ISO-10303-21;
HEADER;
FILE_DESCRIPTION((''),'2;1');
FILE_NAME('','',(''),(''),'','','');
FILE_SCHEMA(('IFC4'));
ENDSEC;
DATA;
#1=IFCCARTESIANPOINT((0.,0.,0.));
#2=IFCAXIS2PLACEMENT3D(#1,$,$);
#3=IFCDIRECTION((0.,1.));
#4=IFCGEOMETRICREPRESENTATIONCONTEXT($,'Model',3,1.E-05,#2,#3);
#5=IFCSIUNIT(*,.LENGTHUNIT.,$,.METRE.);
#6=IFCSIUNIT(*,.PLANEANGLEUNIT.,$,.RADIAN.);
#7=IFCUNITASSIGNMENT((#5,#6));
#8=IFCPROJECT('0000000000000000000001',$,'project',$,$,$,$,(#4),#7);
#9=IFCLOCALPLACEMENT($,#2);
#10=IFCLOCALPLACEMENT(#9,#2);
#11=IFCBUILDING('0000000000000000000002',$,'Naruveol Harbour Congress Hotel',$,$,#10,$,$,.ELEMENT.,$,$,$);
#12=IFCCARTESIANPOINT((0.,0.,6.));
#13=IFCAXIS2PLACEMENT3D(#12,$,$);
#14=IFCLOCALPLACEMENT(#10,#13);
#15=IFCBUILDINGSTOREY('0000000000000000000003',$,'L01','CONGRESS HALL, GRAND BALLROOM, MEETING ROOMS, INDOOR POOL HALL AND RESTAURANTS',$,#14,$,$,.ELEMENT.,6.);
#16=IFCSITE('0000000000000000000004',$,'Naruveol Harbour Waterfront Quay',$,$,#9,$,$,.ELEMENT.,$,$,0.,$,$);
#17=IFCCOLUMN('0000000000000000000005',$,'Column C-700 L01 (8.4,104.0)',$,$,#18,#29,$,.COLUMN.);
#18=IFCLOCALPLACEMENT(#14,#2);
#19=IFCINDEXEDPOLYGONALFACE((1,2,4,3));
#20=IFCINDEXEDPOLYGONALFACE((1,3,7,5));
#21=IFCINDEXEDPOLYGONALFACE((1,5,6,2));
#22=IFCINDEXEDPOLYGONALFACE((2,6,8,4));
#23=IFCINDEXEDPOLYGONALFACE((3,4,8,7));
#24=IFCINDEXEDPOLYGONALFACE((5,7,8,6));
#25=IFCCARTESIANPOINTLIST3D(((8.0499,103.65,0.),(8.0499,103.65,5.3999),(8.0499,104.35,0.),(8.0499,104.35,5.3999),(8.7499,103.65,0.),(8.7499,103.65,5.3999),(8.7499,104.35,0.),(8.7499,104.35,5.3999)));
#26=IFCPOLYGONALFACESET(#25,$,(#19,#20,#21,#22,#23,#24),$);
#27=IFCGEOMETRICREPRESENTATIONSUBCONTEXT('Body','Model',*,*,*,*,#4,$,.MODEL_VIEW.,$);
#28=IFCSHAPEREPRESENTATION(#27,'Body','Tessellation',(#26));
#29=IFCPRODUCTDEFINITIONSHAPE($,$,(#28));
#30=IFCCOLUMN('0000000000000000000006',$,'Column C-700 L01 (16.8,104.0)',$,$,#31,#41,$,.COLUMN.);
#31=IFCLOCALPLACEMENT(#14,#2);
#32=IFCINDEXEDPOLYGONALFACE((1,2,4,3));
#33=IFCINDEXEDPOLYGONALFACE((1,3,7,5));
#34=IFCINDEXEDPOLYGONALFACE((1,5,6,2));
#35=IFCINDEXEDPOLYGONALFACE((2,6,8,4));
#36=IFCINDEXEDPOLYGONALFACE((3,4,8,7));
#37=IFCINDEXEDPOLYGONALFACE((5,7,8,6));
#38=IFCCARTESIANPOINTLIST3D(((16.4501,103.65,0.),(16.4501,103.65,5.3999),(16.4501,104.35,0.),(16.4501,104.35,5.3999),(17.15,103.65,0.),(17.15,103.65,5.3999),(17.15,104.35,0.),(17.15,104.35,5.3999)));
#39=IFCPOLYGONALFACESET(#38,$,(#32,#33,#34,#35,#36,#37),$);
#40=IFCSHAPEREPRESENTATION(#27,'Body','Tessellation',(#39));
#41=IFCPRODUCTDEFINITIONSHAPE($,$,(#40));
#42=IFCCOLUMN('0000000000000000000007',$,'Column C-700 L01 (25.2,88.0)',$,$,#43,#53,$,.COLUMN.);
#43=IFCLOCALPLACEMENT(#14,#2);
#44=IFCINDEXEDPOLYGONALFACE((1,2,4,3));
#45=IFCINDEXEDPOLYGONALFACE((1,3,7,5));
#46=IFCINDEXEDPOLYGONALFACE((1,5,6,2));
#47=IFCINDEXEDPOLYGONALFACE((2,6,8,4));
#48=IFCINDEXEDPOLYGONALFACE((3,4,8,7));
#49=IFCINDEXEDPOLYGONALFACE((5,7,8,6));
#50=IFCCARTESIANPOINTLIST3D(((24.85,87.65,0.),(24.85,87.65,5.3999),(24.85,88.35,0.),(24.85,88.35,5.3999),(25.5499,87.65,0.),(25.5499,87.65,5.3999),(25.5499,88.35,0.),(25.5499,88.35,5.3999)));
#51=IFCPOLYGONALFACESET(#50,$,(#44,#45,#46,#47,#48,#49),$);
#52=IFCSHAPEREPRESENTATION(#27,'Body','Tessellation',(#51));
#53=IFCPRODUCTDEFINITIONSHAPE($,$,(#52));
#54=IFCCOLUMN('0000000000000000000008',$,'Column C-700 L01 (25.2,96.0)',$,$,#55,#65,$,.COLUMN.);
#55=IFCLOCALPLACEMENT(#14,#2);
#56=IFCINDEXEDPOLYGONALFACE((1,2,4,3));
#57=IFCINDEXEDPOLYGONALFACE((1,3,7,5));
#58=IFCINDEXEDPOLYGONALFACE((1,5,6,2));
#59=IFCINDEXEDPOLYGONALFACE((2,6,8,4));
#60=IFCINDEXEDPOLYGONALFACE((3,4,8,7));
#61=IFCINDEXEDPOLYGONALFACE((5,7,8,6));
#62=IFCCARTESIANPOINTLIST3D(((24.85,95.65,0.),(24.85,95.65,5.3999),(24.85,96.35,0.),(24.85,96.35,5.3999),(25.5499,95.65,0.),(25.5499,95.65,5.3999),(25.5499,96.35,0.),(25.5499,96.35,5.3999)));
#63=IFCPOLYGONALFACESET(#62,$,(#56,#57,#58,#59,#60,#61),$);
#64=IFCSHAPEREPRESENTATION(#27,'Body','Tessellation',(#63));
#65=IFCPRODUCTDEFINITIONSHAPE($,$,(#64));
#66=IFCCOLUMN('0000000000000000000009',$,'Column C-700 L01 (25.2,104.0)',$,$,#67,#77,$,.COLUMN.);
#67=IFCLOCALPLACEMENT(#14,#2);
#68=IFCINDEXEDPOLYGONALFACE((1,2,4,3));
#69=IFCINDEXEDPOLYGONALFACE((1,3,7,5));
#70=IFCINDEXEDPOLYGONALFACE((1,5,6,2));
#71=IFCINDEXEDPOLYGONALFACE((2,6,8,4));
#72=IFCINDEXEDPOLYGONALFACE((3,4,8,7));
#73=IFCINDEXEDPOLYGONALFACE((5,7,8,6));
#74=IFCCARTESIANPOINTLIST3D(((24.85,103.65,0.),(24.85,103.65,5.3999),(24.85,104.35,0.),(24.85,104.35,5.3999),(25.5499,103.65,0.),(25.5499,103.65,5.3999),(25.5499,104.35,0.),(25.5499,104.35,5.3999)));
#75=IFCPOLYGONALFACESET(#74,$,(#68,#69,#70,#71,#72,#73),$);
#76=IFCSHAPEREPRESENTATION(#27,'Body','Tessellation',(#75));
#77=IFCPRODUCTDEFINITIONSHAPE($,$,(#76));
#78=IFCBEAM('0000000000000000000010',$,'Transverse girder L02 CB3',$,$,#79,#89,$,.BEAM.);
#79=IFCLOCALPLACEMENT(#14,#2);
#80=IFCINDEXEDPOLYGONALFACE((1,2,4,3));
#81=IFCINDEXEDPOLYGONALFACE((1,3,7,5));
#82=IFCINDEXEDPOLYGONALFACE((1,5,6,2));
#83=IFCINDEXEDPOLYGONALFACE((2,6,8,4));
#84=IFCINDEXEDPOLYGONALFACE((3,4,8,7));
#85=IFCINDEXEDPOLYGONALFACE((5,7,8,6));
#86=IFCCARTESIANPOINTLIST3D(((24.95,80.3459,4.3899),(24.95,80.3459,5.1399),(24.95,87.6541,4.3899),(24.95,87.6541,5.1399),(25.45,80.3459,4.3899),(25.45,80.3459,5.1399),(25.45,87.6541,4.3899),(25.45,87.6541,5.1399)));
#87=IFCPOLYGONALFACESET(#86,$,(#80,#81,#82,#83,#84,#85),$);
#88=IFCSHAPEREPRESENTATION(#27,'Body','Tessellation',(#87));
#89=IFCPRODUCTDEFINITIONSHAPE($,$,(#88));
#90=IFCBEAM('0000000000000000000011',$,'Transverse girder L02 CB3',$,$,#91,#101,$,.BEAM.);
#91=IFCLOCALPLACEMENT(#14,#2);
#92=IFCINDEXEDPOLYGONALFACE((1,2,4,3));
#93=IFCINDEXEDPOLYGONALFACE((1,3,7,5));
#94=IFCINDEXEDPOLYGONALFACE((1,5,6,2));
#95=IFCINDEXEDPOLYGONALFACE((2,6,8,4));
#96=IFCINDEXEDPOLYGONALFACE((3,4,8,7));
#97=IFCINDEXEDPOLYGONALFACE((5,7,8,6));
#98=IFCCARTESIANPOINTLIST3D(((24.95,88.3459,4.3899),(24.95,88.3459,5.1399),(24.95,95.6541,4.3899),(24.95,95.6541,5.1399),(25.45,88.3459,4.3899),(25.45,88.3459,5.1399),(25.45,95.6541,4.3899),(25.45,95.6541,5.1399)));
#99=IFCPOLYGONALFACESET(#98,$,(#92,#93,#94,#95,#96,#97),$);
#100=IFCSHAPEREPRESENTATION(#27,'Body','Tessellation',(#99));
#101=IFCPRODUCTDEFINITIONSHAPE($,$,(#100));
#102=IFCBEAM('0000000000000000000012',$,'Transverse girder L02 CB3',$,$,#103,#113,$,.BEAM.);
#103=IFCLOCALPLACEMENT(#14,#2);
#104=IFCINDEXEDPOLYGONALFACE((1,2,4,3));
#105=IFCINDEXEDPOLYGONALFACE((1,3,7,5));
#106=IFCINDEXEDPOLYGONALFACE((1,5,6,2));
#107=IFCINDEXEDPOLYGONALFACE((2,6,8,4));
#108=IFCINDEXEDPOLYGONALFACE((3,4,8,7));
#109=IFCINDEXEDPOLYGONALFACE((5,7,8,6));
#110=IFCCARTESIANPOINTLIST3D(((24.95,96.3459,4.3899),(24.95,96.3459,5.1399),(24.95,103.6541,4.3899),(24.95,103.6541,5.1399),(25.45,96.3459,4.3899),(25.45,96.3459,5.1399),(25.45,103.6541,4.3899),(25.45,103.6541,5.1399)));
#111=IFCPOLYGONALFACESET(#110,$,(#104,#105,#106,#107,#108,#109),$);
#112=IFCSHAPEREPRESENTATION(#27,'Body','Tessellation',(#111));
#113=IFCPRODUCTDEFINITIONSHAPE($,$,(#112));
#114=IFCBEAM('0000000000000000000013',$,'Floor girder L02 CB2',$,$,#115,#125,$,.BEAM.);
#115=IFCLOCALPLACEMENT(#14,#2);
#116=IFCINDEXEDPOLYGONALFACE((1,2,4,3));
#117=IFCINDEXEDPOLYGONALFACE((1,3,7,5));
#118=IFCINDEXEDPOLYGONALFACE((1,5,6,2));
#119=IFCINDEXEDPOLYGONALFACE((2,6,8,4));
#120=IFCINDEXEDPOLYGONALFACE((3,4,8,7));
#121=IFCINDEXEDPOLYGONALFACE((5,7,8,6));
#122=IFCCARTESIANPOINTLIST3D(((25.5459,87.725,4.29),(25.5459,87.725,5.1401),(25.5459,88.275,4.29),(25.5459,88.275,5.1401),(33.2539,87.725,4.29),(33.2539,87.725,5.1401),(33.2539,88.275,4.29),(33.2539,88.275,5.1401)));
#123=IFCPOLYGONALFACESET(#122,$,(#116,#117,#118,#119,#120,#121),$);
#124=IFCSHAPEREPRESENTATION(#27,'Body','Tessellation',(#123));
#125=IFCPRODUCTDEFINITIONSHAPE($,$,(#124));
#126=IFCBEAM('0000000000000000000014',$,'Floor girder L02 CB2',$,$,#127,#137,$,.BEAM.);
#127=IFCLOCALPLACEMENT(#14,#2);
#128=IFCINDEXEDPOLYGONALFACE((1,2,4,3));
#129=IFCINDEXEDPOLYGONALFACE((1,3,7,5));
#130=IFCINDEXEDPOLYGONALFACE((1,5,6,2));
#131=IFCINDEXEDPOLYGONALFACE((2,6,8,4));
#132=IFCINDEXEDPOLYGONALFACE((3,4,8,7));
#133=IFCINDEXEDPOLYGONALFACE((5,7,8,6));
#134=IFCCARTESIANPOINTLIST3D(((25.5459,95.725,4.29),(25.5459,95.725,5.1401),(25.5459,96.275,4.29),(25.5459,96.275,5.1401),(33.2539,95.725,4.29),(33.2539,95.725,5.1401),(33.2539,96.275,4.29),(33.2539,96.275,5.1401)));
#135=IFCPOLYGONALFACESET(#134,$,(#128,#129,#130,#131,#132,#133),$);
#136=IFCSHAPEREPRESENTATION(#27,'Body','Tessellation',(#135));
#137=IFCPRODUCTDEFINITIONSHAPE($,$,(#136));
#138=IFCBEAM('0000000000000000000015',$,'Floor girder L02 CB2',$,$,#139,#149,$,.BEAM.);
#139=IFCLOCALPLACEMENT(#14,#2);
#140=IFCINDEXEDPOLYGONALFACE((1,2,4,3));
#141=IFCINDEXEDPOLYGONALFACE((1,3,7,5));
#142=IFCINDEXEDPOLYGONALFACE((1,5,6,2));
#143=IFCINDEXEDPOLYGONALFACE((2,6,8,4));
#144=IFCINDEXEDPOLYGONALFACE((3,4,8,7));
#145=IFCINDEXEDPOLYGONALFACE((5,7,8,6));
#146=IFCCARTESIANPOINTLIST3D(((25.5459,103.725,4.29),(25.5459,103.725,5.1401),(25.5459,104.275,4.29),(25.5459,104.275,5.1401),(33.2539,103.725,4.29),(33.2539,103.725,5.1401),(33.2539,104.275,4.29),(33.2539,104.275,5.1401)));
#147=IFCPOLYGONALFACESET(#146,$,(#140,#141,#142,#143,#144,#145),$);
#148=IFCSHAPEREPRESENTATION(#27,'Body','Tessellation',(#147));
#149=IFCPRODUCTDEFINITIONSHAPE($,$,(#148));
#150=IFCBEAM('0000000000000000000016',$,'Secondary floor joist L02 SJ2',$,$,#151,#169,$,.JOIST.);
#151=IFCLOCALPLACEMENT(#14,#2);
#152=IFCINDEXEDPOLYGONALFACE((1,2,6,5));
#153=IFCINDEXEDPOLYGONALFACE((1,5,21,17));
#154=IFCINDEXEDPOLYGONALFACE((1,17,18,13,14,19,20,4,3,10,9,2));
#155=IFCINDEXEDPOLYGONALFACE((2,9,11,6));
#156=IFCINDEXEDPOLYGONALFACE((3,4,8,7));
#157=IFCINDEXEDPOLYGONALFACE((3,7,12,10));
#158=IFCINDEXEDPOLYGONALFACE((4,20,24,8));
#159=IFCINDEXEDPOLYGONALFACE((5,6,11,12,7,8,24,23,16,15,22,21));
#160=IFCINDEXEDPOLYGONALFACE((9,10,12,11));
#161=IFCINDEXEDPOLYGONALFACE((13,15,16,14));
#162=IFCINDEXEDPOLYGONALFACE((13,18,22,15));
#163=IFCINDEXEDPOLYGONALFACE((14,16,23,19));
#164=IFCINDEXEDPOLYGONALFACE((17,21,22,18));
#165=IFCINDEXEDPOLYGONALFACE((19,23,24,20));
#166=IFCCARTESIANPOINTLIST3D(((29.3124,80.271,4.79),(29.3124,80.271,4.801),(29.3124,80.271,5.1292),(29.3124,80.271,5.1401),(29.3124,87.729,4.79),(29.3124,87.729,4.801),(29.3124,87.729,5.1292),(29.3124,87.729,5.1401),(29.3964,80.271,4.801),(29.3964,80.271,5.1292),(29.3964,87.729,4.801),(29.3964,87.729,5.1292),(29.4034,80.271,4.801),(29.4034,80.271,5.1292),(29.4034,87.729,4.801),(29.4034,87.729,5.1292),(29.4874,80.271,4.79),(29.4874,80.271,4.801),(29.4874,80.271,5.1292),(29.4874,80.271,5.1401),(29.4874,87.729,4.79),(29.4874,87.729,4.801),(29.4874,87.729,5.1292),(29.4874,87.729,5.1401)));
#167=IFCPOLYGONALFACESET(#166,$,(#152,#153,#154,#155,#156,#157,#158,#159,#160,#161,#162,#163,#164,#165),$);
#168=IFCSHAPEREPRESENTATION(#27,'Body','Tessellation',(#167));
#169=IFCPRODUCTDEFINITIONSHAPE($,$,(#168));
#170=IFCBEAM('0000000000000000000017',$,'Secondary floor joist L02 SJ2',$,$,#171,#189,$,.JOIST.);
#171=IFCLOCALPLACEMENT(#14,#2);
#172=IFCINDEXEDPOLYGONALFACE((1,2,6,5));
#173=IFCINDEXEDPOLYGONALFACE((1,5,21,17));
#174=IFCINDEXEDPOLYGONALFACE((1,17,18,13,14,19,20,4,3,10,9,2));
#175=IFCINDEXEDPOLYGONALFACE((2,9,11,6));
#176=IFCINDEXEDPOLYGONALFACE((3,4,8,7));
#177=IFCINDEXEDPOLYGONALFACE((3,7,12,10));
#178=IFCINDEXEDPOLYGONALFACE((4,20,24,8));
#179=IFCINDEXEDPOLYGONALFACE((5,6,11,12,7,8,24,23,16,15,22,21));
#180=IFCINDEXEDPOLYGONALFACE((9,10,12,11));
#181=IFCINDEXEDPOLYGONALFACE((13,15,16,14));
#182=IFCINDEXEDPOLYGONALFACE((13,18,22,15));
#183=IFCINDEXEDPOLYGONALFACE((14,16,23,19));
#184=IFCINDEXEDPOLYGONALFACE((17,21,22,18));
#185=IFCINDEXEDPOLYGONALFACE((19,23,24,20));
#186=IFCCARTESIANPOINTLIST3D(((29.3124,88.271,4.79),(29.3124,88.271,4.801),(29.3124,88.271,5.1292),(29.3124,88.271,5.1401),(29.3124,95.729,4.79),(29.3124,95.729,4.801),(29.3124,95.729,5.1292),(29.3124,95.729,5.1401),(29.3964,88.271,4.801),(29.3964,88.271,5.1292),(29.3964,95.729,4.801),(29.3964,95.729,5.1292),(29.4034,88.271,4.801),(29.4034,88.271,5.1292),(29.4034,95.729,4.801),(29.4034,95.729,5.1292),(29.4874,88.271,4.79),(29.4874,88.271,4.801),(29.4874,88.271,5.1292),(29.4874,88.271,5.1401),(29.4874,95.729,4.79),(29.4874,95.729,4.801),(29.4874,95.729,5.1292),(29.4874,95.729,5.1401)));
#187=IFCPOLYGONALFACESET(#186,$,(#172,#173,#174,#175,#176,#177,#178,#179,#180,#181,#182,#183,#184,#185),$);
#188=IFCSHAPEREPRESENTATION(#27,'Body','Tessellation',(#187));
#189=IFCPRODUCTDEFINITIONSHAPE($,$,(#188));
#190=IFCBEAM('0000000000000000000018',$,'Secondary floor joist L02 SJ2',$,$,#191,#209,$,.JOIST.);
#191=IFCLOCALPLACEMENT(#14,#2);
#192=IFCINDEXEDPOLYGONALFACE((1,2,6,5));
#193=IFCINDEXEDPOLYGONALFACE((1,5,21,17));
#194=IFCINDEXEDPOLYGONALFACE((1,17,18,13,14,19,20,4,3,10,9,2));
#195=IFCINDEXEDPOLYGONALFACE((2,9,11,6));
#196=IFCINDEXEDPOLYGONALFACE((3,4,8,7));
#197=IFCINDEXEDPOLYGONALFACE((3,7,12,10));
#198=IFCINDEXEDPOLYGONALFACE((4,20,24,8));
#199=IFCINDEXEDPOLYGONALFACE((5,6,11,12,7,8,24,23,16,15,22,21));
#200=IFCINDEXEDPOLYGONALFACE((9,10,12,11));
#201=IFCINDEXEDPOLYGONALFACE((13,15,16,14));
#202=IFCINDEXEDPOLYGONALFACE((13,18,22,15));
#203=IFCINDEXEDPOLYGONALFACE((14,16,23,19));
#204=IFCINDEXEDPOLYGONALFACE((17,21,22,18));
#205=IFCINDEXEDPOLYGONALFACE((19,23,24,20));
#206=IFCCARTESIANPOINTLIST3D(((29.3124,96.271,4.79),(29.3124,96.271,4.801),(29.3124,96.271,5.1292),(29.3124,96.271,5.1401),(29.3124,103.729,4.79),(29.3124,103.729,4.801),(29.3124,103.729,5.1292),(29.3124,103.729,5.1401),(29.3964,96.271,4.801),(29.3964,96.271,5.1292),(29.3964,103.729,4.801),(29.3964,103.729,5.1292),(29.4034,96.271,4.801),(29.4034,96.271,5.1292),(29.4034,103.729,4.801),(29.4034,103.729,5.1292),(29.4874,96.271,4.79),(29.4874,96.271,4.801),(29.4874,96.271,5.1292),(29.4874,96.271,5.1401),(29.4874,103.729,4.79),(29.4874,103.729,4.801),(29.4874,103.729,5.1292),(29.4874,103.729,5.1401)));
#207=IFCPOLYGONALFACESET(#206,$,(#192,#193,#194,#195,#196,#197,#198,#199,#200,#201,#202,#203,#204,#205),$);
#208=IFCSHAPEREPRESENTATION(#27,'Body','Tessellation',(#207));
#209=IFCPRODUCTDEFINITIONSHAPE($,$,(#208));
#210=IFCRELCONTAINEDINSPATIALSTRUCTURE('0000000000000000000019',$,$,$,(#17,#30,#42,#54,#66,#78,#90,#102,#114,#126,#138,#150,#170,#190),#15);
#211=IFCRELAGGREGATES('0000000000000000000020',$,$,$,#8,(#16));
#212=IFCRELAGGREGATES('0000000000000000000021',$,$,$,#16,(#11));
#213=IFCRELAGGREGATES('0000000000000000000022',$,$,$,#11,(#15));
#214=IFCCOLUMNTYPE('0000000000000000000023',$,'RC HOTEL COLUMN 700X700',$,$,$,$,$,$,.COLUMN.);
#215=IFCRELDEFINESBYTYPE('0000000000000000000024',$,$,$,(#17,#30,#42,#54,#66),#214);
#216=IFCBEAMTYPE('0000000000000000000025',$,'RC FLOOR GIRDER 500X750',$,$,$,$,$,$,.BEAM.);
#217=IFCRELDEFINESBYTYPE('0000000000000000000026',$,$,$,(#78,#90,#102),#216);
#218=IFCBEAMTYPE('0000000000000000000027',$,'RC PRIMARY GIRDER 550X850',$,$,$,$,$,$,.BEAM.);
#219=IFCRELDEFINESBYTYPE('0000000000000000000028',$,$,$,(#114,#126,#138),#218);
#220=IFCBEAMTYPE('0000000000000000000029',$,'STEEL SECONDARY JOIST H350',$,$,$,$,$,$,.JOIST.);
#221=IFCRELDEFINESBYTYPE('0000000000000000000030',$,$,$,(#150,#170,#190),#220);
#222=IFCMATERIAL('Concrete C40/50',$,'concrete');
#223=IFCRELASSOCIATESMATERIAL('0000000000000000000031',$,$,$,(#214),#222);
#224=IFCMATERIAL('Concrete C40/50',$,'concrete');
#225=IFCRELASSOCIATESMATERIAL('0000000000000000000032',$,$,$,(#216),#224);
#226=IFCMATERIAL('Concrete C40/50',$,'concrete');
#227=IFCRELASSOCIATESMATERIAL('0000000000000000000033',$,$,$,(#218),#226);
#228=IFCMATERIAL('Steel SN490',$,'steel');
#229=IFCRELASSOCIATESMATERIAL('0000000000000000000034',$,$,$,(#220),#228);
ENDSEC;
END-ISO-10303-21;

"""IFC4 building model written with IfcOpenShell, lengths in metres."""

from ifc_helpers import new_model, si_unit, direction, frame, origin, origin_2d, place, context, subcontext, project, spatial, rectangle, i_section, extrude, material, material_profile, profile_set, type_object, element, save


model = new_model("IFC4")

# Units and contexts
model_context = context("Model", 3, precision=1e-05, world=origin(), true_north=direction((0.0, 1.0)))
body_context = subcontext(model_context, "Body", "Model", "MODEL_VIEW")
ifc_project = project(units=[si_unit("LENGTHUNIT", "METRE"), si_unit("PLANEANGLEUNIT", "RADIAN")], contexts=[model_context])

# Site, building, storey
site_placement = place(None, origin())
site = spatial("IfcSite", under=ifc_project, at=site_placement, Name="Naruveol Harbour Waterfront Quay", CompositionType="ELEMENT", RefElevation=0.0)
building_placement = place(site_placement, origin())
building = spatial("IfcBuilding", under=site, at=building_placement, Name="Naruveol Harbour Congress Hotel", CompositionType="ELEMENT")
storey_placement = place(building_placement, frame((0.0, 0.0, 6.0)))
storey = spatial("IfcBuildingStorey", under=building, at=storey_placement, Name="L01", Description="CONGRESS HALL, GRAND BALLROOM, MEETING ROOMS, INDOOR POOL HALL AND RESTAURANTS", CompositionType="ELEMENT", Elevation=6.0)

# Columns
ifc_material_1 = material(Name="Concrete C40/50", Category="concrete")
ifc_material_profile_1 = material_profile(ifc_material_1, rectangle(XDim=0.7, YDim=0.7, at=origin_2d()), Name="RC-700x700")
ifc_profile_set_1 = profile_set([ifc_material_profile_1], Name="Concrete C40/50")
column_type = type_object("IfcColumnType", Name="RC HOTEL COLUMN 700X700", PredefinedType="COLUMN", material=ifc_profile_set_1)
for number, where, z_axis, x_axis, name in (
    (1, (8.3999, 104.0, 0.0), (0.0, 0.0, 1.0), (1.0, 0.0, 0.0), "Column C-700 L01 (8.4,104.0)"),
    (2, (16.8, 104.0, 0.0), (0.0, 0.0, 1.0), (1.0, 0.0, 0.0), "Column C-700 L01 (16.8,104.0)"),
    (3, (25.2, 88.0, 0.0), (0.0, 0.0, 1.0), (1.0, 0.0, 0.0), "Column C-700 L01 (25.2,88.0)"),
    (4, (25.2, 96.0, 0.0), (0.0, 0.0, 1.0), (1.0, 0.0, 0.0), "Column C-700 L01 (25.2,96.0)"),
    (5, (25.2, 104.0, 0.0), (0.0, 0.0, 1.0), (1.0, 0.0, 0.0), "Column C-700 L01 (25.2,104.0)"),
):
    element("IfcColumn", number, at=place(storey_placement, frame(where, z_axis=z_axis, x_axis=x_axis)), inside=storey, type_object=column_type, Name=name, PredefinedType="COLUMN", context=body_context, shape_type="SweptSolid", body=[
        extrude(rectangle(XDim=0.7, YDim=0.7, at=origin_2d()), origin(), (0.0, 0.0, 1.0), 5.3999),
    ])

# Beams
ifc_material_2 = material(Name="Concrete C40/50", Category="concrete")
ifc_material_profile_2 = material_profile(ifc_material_2, rectangle(XDim=0.5, YDim=0.75, at=origin_2d()), Name="RCB-500x750")
ifc_profile_set_2 = profile_set([ifc_material_profile_2], Name="Concrete C40/50")
beam_type_1 = type_object("IfcBeamType", Name="RC FLOOR GIRDER 500X750", PredefinedType="BEAM", material=ifc_profile_set_2)
for number, where, z_axis, x_axis, name in (
    (6, (25.2, 80.3459, 4.7649), (0.0, 1.0, 0.0), (-1.0, 0.0, 0.0), "Transverse girder L02 CB3"),
    (7, (25.2, 88.3459, 4.7649), (0.0, 1.0, 0.0), (-1.0, 0.0, 0.0), "Transverse girder L02 CB3"),
    (8, (25.2, 96.3459, 4.7649), (0.0, 1.0, 0.0), (-1.0, 0.0, 0.0), "Transverse girder L02 CB3"),
):
    element("IfcBeam", number, at=place(storey_placement, frame(where, z_axis=z_axis, x_axis=x_axis)), inside=storey, type_object=beam_type_1, Name=name, PredefinedType="BEAM", context=body_context, shape_type="SweptSolid", body=[
        extrude(rectangle(XDim=0.5, YDim=0.75, at=origin_2d()), origin(), (0.0, 0.0, 1.0), 7.3081),
    ])
ifc_material_3 = material(Name="Concrete C40/50", Category="concrete")
ifc_material_profile_3 = material_profile(ifc_material_3, rectangle(XDim=0.55, YDim=0.8501, at=origin_2d()), Name="RCB-550x850")
ifc_profile_set_3 = profile_set([ifc_material_profile_3], Name="Concrete C40/50")
beam_type_2 = type_object("IfcBeamType", Name="RC PRIMARY GIRDER 550X850", PredefinedType="BEAM", material=ifc_profile_set_3)
for number, where, z_axis, x_axis, name in (
    (9, (25.5459, 88.0, 4.7151), (1.0, 0.0, 0.0), (0.0, 1.0, 0.0), "Floor girder L02 CB2"),
    (10, (25.5459, 96.0, 4.7151), (1.0, 0.0, 0.0), (0.0, 1.0, 0.0), "Floor girder L02 CB2"),
    (11, (25.5459, 104.0, 4.7151), (1.0, 0.0, 0.0), (0.0, 1.0, 0.0), "Floor girder L02 CB2"),
):
    element("IfcBeam", number, at=place(storey_placement, frame(where, z_axis=z_axis, x_axis=x_axis)), inside=storey, type_object=beam_type_2, Name=name, PredefinedType="BEAM", context=body_context, shape_type="SweptSolid", body=[
        extrude(rectangle(XDim=0.55, YDim=0.8501, at=origin_2d()), origin(), (0.0, 0.0, 1.0), 7.708),
    ])
ifc_material_4 = material(Name="Steel SN490", Category="steel")
ifc_material_profile_4 = material_profile(ifc_material_4, i_section(OverallWidth=0.175, OverallDepth=0.3501, WebThickness=0.0071, FlangeThickness=0.011, at=origin_2d()), Name="H-350x175x7x11")
ifc_profile_set_4 = profile_set([ifc_material_profile_4], Name="Steel SN490")
beam_type_3 = type_object("IfcBeamType", Name="STEEL SECONDARY JOIST H350", PredefinedType="JOIST", material=ifc_profile_set_4)
for number, where, z_axis, x_axis, name in (
    (12, (29.3999, 80.271, 4.9651), (0.0, 1.0, 0.0), (-1.0, 0.0, 0.0), "Secondary floor joist L02 SJ2"),
    (13, (29.3999, 88.271, 4.9651), (0.0, 1.0, 0.0), (-1.0, 0.0, 0.0), "Secondary floor joist L02 SJ2"),
    (14, (29.3999, 96.271, 4.9651), (0.0, 1.0, 0.0), (-1.0, 0.0, 0.0), "Secondary floor joist L02 SJ2"),
):
    element("IfcBeam", number, at=place(storey_placement, frame(where, z_axis=z_axis, x_axis=x_axis)), inside=storey, type_object=beam_type_3, Name=name, PredefinedType="JOIST", context=body_context, shape_type="SweptSolid", body=[
        extrude(i_section(OverallWidth=0.175, OverallDepth=0.3501, WebThickness=0.0071, FlangeThickness=0.011, at=origin_2d()), origin(), (0.0, 0.0, 1.0), 7.458),
    ])

save(model, "model.ifc")
